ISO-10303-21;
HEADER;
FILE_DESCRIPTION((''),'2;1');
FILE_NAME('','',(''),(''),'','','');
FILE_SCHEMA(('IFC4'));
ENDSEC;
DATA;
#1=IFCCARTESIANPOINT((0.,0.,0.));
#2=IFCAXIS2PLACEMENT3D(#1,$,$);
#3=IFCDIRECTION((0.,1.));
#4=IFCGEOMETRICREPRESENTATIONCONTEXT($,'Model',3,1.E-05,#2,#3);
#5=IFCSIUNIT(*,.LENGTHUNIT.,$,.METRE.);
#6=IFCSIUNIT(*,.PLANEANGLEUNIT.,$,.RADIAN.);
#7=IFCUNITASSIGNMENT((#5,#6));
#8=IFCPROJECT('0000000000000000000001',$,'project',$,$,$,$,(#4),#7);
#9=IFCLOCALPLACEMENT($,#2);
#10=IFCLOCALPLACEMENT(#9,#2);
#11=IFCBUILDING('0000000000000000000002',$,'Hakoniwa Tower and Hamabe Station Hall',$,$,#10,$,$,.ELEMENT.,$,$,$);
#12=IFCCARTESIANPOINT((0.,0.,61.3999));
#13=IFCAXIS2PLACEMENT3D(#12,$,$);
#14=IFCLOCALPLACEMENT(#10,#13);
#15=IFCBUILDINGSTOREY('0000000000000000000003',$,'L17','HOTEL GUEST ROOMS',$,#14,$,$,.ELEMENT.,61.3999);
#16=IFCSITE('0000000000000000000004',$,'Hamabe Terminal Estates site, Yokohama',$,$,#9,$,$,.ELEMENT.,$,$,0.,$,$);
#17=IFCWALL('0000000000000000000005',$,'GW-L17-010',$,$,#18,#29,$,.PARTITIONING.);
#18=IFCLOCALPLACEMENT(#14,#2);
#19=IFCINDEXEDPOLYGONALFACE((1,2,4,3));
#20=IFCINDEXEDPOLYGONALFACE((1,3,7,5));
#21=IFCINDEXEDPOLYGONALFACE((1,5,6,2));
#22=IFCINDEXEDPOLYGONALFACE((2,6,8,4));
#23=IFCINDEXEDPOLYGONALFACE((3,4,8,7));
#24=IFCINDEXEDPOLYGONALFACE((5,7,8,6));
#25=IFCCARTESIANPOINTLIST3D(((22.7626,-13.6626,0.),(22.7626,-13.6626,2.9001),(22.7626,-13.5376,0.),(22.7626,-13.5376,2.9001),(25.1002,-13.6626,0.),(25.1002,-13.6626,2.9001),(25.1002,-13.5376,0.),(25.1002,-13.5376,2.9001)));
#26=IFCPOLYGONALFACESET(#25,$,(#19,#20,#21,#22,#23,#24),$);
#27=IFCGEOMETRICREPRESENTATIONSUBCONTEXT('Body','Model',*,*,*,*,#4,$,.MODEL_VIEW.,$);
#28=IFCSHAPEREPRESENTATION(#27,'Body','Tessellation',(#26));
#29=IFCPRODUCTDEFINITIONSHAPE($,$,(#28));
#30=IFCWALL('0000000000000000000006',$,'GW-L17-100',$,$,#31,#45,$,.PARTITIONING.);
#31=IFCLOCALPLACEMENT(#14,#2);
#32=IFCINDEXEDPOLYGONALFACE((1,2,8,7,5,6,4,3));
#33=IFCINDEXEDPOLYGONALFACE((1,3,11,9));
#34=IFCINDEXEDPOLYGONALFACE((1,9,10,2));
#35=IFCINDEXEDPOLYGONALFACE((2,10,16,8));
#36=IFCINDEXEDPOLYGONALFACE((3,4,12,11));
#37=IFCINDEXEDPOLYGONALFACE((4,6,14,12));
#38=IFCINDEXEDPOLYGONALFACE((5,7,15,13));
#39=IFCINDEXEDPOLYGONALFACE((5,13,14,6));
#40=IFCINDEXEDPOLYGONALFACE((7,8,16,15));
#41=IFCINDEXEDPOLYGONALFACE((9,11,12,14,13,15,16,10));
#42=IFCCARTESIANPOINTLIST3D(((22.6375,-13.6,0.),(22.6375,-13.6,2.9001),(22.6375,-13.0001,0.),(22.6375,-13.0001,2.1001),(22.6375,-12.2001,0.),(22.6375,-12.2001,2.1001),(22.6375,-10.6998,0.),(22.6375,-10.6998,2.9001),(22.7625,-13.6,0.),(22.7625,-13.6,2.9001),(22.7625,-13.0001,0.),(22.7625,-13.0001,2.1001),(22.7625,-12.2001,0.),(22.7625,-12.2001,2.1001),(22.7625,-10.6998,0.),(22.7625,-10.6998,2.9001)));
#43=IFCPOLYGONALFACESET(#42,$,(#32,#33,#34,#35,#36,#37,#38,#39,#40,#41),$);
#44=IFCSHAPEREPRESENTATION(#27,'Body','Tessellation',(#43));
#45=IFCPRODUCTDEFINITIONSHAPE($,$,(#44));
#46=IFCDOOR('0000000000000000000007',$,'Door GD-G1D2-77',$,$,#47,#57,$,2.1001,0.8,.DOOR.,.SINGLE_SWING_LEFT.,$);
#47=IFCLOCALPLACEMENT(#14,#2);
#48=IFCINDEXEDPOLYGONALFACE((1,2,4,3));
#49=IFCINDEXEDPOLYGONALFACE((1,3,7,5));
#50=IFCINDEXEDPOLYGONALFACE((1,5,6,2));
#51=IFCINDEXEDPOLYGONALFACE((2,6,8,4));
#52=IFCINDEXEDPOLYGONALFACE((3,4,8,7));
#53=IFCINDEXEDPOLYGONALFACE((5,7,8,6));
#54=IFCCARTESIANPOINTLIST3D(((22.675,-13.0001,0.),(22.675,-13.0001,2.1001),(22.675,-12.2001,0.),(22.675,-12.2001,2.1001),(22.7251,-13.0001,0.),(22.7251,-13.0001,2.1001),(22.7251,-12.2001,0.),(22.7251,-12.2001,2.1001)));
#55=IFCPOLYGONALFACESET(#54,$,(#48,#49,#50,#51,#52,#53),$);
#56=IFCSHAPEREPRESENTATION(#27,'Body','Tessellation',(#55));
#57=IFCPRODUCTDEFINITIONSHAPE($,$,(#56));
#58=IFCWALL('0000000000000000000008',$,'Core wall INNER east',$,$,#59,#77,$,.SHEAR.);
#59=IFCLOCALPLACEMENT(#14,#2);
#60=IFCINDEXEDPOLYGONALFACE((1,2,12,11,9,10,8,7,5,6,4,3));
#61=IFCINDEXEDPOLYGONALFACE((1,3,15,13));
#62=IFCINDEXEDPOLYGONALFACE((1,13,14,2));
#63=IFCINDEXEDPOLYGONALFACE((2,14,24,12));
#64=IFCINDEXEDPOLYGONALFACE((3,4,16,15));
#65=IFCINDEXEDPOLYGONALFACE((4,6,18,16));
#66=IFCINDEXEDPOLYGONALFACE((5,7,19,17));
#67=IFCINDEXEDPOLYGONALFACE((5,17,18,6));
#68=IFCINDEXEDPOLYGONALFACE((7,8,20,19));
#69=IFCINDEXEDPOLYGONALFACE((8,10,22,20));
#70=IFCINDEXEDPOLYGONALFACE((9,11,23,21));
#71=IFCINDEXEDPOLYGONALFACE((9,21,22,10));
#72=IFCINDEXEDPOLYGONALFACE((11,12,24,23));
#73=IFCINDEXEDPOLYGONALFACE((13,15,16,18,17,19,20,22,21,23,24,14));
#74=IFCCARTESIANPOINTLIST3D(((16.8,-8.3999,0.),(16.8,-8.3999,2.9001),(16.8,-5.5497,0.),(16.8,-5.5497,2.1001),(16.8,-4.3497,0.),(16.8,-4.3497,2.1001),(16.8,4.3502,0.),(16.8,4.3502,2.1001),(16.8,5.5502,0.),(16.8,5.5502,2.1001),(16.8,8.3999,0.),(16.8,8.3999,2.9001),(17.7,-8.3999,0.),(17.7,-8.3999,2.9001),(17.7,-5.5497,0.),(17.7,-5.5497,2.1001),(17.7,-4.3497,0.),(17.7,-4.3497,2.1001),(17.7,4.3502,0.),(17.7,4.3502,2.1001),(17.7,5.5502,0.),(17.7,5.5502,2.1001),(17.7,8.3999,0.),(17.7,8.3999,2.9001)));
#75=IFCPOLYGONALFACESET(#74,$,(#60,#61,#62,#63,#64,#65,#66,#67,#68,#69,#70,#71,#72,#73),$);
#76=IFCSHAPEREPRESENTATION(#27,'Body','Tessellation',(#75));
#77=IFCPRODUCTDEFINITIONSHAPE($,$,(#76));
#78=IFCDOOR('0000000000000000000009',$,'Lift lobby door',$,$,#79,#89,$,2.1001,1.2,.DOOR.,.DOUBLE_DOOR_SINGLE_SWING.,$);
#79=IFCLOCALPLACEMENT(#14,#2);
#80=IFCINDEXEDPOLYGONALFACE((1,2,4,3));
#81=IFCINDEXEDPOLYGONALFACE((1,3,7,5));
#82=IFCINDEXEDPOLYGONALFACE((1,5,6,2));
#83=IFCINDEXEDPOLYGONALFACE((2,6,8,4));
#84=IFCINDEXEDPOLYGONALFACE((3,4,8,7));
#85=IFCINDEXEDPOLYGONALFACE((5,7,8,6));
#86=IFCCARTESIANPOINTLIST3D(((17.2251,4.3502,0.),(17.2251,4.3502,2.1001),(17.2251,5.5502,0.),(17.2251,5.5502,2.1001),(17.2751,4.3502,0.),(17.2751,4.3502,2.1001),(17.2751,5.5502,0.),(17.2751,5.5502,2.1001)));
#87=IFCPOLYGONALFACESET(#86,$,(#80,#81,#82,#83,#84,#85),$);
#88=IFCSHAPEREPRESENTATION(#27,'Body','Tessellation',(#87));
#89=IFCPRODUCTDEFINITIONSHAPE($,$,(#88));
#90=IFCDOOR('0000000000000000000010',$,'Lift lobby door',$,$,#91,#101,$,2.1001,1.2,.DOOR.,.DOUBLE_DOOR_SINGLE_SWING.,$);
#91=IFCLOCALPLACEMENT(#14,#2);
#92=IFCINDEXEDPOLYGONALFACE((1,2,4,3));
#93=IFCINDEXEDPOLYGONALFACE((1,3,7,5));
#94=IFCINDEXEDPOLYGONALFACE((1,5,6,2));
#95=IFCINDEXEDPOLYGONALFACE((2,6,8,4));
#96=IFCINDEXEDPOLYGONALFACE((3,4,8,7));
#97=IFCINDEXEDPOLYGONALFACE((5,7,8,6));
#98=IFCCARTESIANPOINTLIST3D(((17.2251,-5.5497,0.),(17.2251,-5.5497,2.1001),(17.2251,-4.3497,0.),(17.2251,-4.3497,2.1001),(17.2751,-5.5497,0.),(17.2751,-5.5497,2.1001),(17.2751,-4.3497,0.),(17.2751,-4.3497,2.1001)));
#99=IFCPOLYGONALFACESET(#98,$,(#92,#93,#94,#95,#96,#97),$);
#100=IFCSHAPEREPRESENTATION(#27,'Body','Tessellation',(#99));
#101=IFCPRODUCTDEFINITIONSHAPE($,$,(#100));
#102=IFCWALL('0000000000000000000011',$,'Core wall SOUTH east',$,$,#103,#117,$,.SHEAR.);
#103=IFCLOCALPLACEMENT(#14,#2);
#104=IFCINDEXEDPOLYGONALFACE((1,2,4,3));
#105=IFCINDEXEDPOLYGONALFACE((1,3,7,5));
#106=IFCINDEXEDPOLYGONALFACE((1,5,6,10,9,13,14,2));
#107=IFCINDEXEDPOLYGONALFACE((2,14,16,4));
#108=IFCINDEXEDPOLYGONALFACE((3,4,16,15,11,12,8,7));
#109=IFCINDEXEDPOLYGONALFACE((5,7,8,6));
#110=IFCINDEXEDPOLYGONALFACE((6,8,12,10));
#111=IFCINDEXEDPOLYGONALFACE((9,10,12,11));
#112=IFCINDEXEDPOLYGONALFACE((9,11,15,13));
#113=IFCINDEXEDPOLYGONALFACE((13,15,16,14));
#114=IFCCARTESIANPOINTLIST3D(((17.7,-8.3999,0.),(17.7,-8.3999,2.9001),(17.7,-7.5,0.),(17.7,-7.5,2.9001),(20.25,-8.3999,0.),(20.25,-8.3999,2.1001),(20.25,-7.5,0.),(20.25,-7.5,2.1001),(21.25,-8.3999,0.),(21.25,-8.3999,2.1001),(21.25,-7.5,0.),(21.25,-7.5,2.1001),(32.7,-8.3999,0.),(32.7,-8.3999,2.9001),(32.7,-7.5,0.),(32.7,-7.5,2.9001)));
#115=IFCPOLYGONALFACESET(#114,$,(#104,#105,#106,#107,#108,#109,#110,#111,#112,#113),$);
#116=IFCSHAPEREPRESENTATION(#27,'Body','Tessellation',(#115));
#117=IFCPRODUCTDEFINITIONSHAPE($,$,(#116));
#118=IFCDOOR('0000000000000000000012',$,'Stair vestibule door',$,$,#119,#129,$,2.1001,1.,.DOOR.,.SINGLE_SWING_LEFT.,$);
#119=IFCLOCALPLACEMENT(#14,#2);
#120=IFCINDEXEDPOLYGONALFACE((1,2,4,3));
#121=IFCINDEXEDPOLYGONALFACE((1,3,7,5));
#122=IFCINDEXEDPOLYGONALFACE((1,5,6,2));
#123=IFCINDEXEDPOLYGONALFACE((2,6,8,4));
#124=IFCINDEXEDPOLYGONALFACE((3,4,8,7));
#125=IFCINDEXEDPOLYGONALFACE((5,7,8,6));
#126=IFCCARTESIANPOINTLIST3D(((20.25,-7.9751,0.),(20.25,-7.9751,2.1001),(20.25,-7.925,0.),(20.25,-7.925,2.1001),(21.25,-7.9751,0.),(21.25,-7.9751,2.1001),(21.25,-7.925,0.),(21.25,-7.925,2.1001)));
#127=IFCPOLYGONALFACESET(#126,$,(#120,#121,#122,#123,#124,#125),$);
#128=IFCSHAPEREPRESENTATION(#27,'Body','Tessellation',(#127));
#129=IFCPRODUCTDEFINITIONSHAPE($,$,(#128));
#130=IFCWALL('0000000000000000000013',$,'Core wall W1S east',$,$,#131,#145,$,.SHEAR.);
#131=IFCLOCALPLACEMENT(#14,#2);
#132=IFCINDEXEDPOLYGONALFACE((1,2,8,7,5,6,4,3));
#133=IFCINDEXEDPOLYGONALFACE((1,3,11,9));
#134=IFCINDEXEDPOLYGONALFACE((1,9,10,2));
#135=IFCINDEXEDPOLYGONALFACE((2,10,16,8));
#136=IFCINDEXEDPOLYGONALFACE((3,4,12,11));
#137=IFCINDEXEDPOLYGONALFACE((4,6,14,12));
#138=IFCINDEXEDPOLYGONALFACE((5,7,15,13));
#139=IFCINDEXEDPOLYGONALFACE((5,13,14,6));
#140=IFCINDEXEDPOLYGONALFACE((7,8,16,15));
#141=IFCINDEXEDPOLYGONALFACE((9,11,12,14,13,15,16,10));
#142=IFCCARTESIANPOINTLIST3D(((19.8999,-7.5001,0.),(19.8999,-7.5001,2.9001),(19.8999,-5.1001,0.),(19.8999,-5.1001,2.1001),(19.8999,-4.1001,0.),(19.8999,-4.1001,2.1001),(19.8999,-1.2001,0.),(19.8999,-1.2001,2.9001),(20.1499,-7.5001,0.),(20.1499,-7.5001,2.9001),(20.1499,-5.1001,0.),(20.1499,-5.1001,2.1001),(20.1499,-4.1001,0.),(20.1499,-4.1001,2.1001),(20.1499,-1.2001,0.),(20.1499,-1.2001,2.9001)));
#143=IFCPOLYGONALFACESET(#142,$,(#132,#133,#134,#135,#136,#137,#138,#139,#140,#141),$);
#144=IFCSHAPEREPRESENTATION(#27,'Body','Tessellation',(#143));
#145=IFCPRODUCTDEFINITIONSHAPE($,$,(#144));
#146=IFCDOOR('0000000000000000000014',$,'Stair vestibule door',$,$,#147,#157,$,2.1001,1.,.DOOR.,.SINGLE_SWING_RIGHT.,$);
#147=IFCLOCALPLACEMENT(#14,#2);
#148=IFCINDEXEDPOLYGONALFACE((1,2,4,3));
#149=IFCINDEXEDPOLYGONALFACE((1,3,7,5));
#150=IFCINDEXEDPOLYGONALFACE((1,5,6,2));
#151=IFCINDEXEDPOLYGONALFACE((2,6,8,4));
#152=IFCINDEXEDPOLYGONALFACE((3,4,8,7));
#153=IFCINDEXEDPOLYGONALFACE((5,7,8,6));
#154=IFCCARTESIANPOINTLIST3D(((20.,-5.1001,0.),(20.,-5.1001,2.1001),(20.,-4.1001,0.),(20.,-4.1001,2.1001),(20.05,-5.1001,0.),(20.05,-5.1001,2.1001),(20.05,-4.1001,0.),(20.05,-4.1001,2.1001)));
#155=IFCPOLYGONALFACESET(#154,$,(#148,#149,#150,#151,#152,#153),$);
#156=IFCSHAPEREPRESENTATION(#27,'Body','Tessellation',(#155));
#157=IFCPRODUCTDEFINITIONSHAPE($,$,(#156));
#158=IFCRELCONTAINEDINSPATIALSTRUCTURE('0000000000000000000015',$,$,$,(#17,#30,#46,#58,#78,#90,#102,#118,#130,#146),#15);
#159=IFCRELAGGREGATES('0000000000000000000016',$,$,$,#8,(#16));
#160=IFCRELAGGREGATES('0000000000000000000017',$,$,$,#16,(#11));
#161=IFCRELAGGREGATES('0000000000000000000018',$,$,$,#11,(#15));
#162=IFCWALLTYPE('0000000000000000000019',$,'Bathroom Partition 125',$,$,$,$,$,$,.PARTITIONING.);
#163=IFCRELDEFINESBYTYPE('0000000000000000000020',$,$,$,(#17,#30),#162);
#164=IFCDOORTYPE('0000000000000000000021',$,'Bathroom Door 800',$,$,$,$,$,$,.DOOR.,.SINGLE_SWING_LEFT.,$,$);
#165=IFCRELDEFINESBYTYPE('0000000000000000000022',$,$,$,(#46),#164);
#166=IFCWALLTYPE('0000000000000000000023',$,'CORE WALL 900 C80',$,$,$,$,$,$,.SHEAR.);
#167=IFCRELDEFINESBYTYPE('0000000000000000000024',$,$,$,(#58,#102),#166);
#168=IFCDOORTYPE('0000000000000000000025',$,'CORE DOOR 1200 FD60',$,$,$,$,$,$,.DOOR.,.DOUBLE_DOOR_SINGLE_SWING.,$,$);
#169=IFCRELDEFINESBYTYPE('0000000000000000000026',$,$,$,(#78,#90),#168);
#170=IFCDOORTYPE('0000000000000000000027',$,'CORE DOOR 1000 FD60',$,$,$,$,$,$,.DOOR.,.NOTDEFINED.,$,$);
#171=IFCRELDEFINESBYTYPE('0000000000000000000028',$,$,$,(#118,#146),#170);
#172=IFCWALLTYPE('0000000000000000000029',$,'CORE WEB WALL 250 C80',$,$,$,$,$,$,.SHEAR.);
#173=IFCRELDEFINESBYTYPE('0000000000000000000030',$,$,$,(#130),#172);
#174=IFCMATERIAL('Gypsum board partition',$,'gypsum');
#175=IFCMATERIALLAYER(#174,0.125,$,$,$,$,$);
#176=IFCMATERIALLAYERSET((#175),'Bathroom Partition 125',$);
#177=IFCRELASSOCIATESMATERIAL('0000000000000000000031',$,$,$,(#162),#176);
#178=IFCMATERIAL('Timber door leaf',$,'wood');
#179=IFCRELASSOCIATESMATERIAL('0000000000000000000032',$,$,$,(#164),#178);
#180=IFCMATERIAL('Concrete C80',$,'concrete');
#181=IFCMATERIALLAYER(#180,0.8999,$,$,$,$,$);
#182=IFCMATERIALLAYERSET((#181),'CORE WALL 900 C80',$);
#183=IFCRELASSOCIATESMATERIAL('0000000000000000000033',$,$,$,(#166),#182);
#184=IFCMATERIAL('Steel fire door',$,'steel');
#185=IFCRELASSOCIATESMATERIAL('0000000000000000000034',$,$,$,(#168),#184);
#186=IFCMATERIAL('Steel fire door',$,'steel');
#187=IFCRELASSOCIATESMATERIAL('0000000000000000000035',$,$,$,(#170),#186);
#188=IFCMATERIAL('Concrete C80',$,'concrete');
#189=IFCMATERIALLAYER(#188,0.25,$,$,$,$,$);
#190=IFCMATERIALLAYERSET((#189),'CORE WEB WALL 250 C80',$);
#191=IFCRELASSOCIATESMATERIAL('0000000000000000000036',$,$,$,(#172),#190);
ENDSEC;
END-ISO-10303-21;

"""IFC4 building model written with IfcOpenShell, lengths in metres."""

from ifc_helpers import new_model, si_unit, direction, frame, frame_2d, origin, place, context, subcontext, project, spatial, rectangle, extrude, material, layer, layer_set, type_object, element, fill, save


model = new_model("IFC4")

# Units and contexts
model_context = context("Model", 3, precision=1e-05, world=origin(), true_north=direction((0.0, 1.0)))
body_context = subcontext(model_context, "Body", "Model", "MODEL_VIEW")
ifc_project = project(units=[si_unit("LENGTHUNIT", "METRE"), si_unit("PLANEANGLEUNIT", "RADIAN")], contexts=[model_context])

# Site, building, storey
site_placement = place(None, origin())
site = spatial("IfcSite", under=ifc_project, at=site_placement, Name="Hamabe Terminal Estates site, Yokohama", CompositionType="ELEMENT", RefElevation=0.0)
building_placement = place(site_placement, origin())
building = spatial("IfcBuilding", under=site, at=building_placement, Name="Hakoniwa Tower and Hamabe Station Hall", CompositionType="ELEMENT")
storey_placement = place(building_placement, frame((0.0, 0.0, 61.3999)))
storey = spatial("IfcBuildingStorey", under=building, at=storey_placement, Name="L17", Description="HOTEL GUEST ROOMS", CompositionType="ELEMENT", Elevation=61.3999)

# Wall
ifc_material_1 = material(Name="Gypsum board partition", Category="gypsum")
ifc_layer_1 = layer(ifc_material_1, 0.125)
ifc_layer_set_1 = layer_set([ifc_layer_1], Name="Bathroom Partition 125")
wall_type_1 = type_object("IfcWallType", Name="Bathroom Partition 125", PredefinedType="PARTITIONING", material=ifc_layer_set_1)
wall_1_placement = place(storey_placement, frame((22.7625, -13.6001, 0.0), z_axis=(0.0, 0.0, 1.0), x_axis=(1.0, 0.0, 0.0)))
element("IfcWall", 1, at=wall_1_placement, inside=storey, type_object=wall_type_1, Name="GW-L17-010", PredefinedType="PARTITIONING", context=body_context, shape_type="SweptSolid", body=[
    extrude(rectangle(XDim=2.3376, YDim=0.125, at=frame_2d((1.1689, 0.0))), origin(), (0.0, 0.0, 1.0), 2.9001),
])

# Wall, opening, door
wall_2_placement = place(storey_placement, frame((22.7, -13.6001, 0.0), z_axis=(0.0, 0.0, 1.0), x_axis=(0.0, 1.0, 0.0)))
wall_2 = element("IfcWall", 2, at=wall_2_placement, inside=storey, type_object=wall_type_1, Name="GW-L17-100", PredefinedType="PARTITIONING", context=body_context, shape_type="SweptSolid", body=[
    extrude(rectangle(XDim=2.9001, YDim=0.125, at=frame_2d((1.4502, 0.0))), origin(), (0.0, 0.0, 1.0), 2.9001),
])
opening_1_placement = place(wall_2_placement, frame((0.6001, 0.0, 0.0)))
opening_1 = element("IfcOpeningElement", 3, at=opening_1_placement, cuts=wall_2, PredefinedType="OPENING", context=body_context, shape_type="SweptSolid", body=[
    extrude(rectangle(XDim=0.8, YDim=2.1001, at=frame_2d((0.3999, 1.05))), frame((0.0, 0.0725, 0.0), z_axis=(0.0, -1.0, 0.0), x_axis=(1.0, 0.0, 0.0)), (0.0, 0.0, 1.0), 0.145),
])
ifc_material_2 = material(Name="Timber door leaf", Category="wood")
door_type_1 = type_object("IfcDoorType", Name="Bathroom Door 800", OperationType="SINGLE_SWING_LEFT", PredefinedType="DOOR", material=ifc_material_2)
door_1_placement = place(opening_1_placement, origin())
door_1 = element("IfcDoor", 4, at=door_1_placement, inside=storey, type_object=door_type_1, Name="Door GD-G1D2-77", OperationType="SINGLE_SWING_LEFT", OverallHeight=2.1001, OverallWidth=0.8, PredefinedType="DOOR", context=body_context, shape_type="SweptSolid", body=[
    extrude(rectangle(XDim=0.8, YDim=2.1001, at=frame_2d((0.3999, 1.05))), frame((0.0, 0.0249, 0.0), z_axis=(0.0, -1.0, 0.0), x_axis=(1.0, 0.0, 0.0)), (0.0, 0.0, 1.0), 0.05),
])
fill(opening_1, door_1)

# Wall, openings, doors
ifc_material_3 = material(Name="Concrete C80", Category="concrete")
ifc_layer_2 = layer(ifc_material_3, 0.8999)
ifc_layer_set_2 = layer_set([ifc_layer_2], Name="CORE WALL 900 C80")
wall_type_2 = type_object("IfcWallType", Name="CORE WALL 900 C80", PredefinedType="SHEAR", material=ifc_layer_set_2)
wall_3_placement = place(storey_placement, frame((17.25, -8.3999, 0.0), z_axis=(0.0, 0.0, 1.0), x_axis=(0.0, 1.0, 0.0)))
wall_3 = element("IfcWall", 5, at=wall_3_placement, inside=storey, type_object=wall_type_2, Name="Core wall INNER east", PredefinedType="SHEAR", context=body_context, shape_type="SweptSolid", body=[
    extrude(rectangle(XDim=16.7998, YDim=0.8999, at=frame_2d((8.3999, 0.0))), origin(), (0.0, 0.0, 1.0), 2.9001),
])
opening_2_placement = place(wall_3_placement, frame((12.75, 0.0, 0.0)))
opening_2 = element("IfcOpeningElement", 6, at=opening_2_placement, cuts=wall_3, PredefinedType="OPENING", context=body_context, shape_type="SweptSolid", body=[
    extrude(rectangle(XDim=1.2, YDim=2.1001, at=frame_2d((0.6001, 1.05))), frame((0.0, 0.46, 0.0), z_axis=(0.0, -1.0, 0.0), x_axis=(1.0, 0.0, 0.0)), (0.0, 0.0, 1.0), 0.9199),
])
opening_3_placement = place(wall_3_placement, frame((2.8501, 0.0, 0.0)))
opening_3 = element("IfcOpeningElement", 7, at=opening_3_placement, cuts=wall_3, PredefinedType="OPENING", context=body_context, shape_type="SweptSolid", body=[
    extrude(rectangle(XDim=1.2, YDim=2.1001, at=frame_2d((0.6001, 1.05))), frame((0.0, 0.46, 0.0), z_axis=(0.0, -1.0, 0.0), x_axis=(1.0, 0.0, 0.0)), (0.0, 0.0, 1.0), 0.9199),
])
ifc_material_4 = material(Name="Steel fire door", Category="steel")
door_type_2 = type_object("IfcDoorType", Name="CORE DOOR 1200 FD60", OperationType="DOUBLE_DOOR_SINGLE_SWING", PredefinedType="DOOR", material=ifc_material_4)
door_2_placement = place(opening_2_placement, origin())
door_2 = element("IfcDoor", 8, at=door_2_placement, inside=storey, type_object=door_type_2, Name="Lift lobby door", OperationType="DOUBLE_DOOR_SINGLE_SWING", OverallHeight=2.1001, OverallWidth=1.2, PredefinedType="DOOR", context=body_context, shape_type="SweptSolid", body=[
    extrude(rectangle(XDim=1.2, YDim=2.1001, at=frame_2d((0.6001, 1.05))), frame((0.0, 0.0249, 0.0), z_axis=(0.0, -1.0, 0.0), x_axis=(1.0, 0.0, 0.0)), (0.0, 0.0, 1.0), 0.05),
])
fill(opening_2, door_2)
door_3_placement = place(opening_3_placement, origin())
door_3 = element("IfcDoor", 9, at=door_3_placement, inside=storey, type_object=door_type_2, Name="Lift lobby door", OperationType="DOUBLE_DOOR_SINGLE_SWING", OverallHeight=2.1001, OverallWidth=1.2, PredefinedType="DOOR", context=body_context, shape_type="SweptSolid", body=[
    extrude(rectangle(XDim=1.2, YDim=2.1001, at=frame_2d((0.6001, 1.05))), frame((0.0, 0.0249, 0.0), z_axis=(0.0, -1.0, 0.0), x_axis=(1.0, 0.0, 0.0)), (0.0, 0.0, 1.0), 0.05),
])
fill(opening_3, door_3)

# Walls, openings, doors
wall_4_placement = place(storey_placement, frame((17.7, -7.95, 0.0), z_axis=(0.0, 0.0, 1.0), x_axis=(1.0, 0.0, 0.0)))
wall_4 = element("IfcWall", 10, at=wall_4_placement, inside=storey, type_object=wall_type_2, Name="Core wall SOUTH east", PredefinedType="SHEAR", context=body_context, shape_type="SweptSolid", body=[
    extrude(rectangle(XDim=15.0, YDim=0.8999, at=frame_2d((7.5, 0.0))), origin(), (0.0, 0.0, 1.0), 2.9001),
])
opening_4_placement = place(wall_4_placement, frame((2.55, 0.0, 0.0)))
opening_4 = element("IfcOpeningElement", 11, at=opening_4_placement, cuts=wall_4, PredefinedType="OPENING", context=body_context, shape_type="SweptSolid", body=[
    extrude(rectangle(XDim=1.0, YDim=2.1001, at=frame_2d((0.5, 1.05))), frame((0.0, 0.46, 0.0), z_axis=(0.0, -1.0, 0.0), x_axis=(1.0, 0.0, 0.0)), (0.0, 0.0, 1.0), 0.9199),
])
ifc_material_5 = material(Name="Steel fire door", Category="steel")
door_type_3 = type_object("IfcDoorType", Name="CORE DOOR 1000 FD60", OperationType="NOTDEFINED", PredefinedType="DOOR", material=ifc_material_5)
door_4_placement = place(opening_4_placement, origin())
door_4 = element("IfcDoor", 12, at=door_4_placement, inside=storey, type_object=door_type_3, Name="Stair vestibule door", OperationType="SINGLE_SWING_LEFT", OverallHeight=2.1001, OverallWidth=1.0, PredefinedType="DOOR", context=body_context, shape_type="SweptSolid", body=[
    extrude(rectangle(XDim=1.0, YDim=2.1001, at=frame_2d((0.5, 1.05))), frame((0.0, 0.0249, 0.0), z_axis=(0.0, -1.0, 0.0), x_axis=(1.0, 0.0, 0.0)), (0.0, 0.0, 1.0), 0.05),
])
fill(opening_4, door_4)
ifc_material_6 = material(Name="Concrete C80", Category="concrete")
ifc_layer_3 = layer(ifc_material_6, 0.25)
ifc_layer_set_3 = layer_set([ifc_layer_3], Name="CORE WEB WALL 250 C80")
wall_type_3 = type_object("IfcWallType", Name="CORE WEB WALL 250 C80", PredefinedType="SHEAR", material=ifc_layer_set_3)
wall_5_placement = place(storey_placement, frame((20.0249, -7.5, 0.0), z_axis=(0.0, 0.0, 1.0), x_axis=(0.0, 1.0, 0.0)))
wall_5 = element("IfcWall", 13, at=wall_5_placement, inside=storey, type_object=wall_type_3, Name="Core wall W1S east", PredefinedType="SHEAR", context=body_context, shape_type="SweptSolid", body=[
    extrude(rectangle(XDim=6.3, YDim=0.25, at=frame_2d((3.1499, 0.0))), origin(), (0.0, 0.0, 1.0), 2.9001),
])
opening_5_placement = place(wall_5_placement, frame((2.3999, 0.0, 0.0)))
opening_5 = element("IfcOpeningElement", 14, at=opening_5_placement, cuts=wall_5, PredefinedType="OPENING", context=body_context, shape_type="SweptSolid", body=[
    extrude(rectangle(XDim=1.0, YDim=2.1001, at=frame_2d((0.5, 1.05))), frame((0.0, 0.135, 0.0), z_axis=(0.0, -1.0, 0.0), x_axis=(1.0, 0.0, 0.0)), (0.0, 0.0, 1.0), 0.27),
])
door_5_placement = place(opening_5_placement, origin())
door_5 = element("IfcDoor", 15, at=door_5_placement, inside=storey, type_object=door_type_3, Name="Stair vestibule door", OperationType="SINGLE_SWING_RIGHT", OverallHeight=2.1001, OverallWidth=1.0, PredefinedType="DOOR", context=body_context, shape_type="SweptSolid", body=[
    extrude(rectangle(XDim=1.0, YDim=2.1001, at=frame_2d((0.5, 1.05))), frame((0.0, 0.0249, 0.0), z_axis=(0.0, -1.0, 0.0), x_axis=(1.0, 0.0, 0.0)), (0.0, 0.0, 1.0), 0.05),
])
fill(opening_5, door_5)

save(model, "model.ifc")
